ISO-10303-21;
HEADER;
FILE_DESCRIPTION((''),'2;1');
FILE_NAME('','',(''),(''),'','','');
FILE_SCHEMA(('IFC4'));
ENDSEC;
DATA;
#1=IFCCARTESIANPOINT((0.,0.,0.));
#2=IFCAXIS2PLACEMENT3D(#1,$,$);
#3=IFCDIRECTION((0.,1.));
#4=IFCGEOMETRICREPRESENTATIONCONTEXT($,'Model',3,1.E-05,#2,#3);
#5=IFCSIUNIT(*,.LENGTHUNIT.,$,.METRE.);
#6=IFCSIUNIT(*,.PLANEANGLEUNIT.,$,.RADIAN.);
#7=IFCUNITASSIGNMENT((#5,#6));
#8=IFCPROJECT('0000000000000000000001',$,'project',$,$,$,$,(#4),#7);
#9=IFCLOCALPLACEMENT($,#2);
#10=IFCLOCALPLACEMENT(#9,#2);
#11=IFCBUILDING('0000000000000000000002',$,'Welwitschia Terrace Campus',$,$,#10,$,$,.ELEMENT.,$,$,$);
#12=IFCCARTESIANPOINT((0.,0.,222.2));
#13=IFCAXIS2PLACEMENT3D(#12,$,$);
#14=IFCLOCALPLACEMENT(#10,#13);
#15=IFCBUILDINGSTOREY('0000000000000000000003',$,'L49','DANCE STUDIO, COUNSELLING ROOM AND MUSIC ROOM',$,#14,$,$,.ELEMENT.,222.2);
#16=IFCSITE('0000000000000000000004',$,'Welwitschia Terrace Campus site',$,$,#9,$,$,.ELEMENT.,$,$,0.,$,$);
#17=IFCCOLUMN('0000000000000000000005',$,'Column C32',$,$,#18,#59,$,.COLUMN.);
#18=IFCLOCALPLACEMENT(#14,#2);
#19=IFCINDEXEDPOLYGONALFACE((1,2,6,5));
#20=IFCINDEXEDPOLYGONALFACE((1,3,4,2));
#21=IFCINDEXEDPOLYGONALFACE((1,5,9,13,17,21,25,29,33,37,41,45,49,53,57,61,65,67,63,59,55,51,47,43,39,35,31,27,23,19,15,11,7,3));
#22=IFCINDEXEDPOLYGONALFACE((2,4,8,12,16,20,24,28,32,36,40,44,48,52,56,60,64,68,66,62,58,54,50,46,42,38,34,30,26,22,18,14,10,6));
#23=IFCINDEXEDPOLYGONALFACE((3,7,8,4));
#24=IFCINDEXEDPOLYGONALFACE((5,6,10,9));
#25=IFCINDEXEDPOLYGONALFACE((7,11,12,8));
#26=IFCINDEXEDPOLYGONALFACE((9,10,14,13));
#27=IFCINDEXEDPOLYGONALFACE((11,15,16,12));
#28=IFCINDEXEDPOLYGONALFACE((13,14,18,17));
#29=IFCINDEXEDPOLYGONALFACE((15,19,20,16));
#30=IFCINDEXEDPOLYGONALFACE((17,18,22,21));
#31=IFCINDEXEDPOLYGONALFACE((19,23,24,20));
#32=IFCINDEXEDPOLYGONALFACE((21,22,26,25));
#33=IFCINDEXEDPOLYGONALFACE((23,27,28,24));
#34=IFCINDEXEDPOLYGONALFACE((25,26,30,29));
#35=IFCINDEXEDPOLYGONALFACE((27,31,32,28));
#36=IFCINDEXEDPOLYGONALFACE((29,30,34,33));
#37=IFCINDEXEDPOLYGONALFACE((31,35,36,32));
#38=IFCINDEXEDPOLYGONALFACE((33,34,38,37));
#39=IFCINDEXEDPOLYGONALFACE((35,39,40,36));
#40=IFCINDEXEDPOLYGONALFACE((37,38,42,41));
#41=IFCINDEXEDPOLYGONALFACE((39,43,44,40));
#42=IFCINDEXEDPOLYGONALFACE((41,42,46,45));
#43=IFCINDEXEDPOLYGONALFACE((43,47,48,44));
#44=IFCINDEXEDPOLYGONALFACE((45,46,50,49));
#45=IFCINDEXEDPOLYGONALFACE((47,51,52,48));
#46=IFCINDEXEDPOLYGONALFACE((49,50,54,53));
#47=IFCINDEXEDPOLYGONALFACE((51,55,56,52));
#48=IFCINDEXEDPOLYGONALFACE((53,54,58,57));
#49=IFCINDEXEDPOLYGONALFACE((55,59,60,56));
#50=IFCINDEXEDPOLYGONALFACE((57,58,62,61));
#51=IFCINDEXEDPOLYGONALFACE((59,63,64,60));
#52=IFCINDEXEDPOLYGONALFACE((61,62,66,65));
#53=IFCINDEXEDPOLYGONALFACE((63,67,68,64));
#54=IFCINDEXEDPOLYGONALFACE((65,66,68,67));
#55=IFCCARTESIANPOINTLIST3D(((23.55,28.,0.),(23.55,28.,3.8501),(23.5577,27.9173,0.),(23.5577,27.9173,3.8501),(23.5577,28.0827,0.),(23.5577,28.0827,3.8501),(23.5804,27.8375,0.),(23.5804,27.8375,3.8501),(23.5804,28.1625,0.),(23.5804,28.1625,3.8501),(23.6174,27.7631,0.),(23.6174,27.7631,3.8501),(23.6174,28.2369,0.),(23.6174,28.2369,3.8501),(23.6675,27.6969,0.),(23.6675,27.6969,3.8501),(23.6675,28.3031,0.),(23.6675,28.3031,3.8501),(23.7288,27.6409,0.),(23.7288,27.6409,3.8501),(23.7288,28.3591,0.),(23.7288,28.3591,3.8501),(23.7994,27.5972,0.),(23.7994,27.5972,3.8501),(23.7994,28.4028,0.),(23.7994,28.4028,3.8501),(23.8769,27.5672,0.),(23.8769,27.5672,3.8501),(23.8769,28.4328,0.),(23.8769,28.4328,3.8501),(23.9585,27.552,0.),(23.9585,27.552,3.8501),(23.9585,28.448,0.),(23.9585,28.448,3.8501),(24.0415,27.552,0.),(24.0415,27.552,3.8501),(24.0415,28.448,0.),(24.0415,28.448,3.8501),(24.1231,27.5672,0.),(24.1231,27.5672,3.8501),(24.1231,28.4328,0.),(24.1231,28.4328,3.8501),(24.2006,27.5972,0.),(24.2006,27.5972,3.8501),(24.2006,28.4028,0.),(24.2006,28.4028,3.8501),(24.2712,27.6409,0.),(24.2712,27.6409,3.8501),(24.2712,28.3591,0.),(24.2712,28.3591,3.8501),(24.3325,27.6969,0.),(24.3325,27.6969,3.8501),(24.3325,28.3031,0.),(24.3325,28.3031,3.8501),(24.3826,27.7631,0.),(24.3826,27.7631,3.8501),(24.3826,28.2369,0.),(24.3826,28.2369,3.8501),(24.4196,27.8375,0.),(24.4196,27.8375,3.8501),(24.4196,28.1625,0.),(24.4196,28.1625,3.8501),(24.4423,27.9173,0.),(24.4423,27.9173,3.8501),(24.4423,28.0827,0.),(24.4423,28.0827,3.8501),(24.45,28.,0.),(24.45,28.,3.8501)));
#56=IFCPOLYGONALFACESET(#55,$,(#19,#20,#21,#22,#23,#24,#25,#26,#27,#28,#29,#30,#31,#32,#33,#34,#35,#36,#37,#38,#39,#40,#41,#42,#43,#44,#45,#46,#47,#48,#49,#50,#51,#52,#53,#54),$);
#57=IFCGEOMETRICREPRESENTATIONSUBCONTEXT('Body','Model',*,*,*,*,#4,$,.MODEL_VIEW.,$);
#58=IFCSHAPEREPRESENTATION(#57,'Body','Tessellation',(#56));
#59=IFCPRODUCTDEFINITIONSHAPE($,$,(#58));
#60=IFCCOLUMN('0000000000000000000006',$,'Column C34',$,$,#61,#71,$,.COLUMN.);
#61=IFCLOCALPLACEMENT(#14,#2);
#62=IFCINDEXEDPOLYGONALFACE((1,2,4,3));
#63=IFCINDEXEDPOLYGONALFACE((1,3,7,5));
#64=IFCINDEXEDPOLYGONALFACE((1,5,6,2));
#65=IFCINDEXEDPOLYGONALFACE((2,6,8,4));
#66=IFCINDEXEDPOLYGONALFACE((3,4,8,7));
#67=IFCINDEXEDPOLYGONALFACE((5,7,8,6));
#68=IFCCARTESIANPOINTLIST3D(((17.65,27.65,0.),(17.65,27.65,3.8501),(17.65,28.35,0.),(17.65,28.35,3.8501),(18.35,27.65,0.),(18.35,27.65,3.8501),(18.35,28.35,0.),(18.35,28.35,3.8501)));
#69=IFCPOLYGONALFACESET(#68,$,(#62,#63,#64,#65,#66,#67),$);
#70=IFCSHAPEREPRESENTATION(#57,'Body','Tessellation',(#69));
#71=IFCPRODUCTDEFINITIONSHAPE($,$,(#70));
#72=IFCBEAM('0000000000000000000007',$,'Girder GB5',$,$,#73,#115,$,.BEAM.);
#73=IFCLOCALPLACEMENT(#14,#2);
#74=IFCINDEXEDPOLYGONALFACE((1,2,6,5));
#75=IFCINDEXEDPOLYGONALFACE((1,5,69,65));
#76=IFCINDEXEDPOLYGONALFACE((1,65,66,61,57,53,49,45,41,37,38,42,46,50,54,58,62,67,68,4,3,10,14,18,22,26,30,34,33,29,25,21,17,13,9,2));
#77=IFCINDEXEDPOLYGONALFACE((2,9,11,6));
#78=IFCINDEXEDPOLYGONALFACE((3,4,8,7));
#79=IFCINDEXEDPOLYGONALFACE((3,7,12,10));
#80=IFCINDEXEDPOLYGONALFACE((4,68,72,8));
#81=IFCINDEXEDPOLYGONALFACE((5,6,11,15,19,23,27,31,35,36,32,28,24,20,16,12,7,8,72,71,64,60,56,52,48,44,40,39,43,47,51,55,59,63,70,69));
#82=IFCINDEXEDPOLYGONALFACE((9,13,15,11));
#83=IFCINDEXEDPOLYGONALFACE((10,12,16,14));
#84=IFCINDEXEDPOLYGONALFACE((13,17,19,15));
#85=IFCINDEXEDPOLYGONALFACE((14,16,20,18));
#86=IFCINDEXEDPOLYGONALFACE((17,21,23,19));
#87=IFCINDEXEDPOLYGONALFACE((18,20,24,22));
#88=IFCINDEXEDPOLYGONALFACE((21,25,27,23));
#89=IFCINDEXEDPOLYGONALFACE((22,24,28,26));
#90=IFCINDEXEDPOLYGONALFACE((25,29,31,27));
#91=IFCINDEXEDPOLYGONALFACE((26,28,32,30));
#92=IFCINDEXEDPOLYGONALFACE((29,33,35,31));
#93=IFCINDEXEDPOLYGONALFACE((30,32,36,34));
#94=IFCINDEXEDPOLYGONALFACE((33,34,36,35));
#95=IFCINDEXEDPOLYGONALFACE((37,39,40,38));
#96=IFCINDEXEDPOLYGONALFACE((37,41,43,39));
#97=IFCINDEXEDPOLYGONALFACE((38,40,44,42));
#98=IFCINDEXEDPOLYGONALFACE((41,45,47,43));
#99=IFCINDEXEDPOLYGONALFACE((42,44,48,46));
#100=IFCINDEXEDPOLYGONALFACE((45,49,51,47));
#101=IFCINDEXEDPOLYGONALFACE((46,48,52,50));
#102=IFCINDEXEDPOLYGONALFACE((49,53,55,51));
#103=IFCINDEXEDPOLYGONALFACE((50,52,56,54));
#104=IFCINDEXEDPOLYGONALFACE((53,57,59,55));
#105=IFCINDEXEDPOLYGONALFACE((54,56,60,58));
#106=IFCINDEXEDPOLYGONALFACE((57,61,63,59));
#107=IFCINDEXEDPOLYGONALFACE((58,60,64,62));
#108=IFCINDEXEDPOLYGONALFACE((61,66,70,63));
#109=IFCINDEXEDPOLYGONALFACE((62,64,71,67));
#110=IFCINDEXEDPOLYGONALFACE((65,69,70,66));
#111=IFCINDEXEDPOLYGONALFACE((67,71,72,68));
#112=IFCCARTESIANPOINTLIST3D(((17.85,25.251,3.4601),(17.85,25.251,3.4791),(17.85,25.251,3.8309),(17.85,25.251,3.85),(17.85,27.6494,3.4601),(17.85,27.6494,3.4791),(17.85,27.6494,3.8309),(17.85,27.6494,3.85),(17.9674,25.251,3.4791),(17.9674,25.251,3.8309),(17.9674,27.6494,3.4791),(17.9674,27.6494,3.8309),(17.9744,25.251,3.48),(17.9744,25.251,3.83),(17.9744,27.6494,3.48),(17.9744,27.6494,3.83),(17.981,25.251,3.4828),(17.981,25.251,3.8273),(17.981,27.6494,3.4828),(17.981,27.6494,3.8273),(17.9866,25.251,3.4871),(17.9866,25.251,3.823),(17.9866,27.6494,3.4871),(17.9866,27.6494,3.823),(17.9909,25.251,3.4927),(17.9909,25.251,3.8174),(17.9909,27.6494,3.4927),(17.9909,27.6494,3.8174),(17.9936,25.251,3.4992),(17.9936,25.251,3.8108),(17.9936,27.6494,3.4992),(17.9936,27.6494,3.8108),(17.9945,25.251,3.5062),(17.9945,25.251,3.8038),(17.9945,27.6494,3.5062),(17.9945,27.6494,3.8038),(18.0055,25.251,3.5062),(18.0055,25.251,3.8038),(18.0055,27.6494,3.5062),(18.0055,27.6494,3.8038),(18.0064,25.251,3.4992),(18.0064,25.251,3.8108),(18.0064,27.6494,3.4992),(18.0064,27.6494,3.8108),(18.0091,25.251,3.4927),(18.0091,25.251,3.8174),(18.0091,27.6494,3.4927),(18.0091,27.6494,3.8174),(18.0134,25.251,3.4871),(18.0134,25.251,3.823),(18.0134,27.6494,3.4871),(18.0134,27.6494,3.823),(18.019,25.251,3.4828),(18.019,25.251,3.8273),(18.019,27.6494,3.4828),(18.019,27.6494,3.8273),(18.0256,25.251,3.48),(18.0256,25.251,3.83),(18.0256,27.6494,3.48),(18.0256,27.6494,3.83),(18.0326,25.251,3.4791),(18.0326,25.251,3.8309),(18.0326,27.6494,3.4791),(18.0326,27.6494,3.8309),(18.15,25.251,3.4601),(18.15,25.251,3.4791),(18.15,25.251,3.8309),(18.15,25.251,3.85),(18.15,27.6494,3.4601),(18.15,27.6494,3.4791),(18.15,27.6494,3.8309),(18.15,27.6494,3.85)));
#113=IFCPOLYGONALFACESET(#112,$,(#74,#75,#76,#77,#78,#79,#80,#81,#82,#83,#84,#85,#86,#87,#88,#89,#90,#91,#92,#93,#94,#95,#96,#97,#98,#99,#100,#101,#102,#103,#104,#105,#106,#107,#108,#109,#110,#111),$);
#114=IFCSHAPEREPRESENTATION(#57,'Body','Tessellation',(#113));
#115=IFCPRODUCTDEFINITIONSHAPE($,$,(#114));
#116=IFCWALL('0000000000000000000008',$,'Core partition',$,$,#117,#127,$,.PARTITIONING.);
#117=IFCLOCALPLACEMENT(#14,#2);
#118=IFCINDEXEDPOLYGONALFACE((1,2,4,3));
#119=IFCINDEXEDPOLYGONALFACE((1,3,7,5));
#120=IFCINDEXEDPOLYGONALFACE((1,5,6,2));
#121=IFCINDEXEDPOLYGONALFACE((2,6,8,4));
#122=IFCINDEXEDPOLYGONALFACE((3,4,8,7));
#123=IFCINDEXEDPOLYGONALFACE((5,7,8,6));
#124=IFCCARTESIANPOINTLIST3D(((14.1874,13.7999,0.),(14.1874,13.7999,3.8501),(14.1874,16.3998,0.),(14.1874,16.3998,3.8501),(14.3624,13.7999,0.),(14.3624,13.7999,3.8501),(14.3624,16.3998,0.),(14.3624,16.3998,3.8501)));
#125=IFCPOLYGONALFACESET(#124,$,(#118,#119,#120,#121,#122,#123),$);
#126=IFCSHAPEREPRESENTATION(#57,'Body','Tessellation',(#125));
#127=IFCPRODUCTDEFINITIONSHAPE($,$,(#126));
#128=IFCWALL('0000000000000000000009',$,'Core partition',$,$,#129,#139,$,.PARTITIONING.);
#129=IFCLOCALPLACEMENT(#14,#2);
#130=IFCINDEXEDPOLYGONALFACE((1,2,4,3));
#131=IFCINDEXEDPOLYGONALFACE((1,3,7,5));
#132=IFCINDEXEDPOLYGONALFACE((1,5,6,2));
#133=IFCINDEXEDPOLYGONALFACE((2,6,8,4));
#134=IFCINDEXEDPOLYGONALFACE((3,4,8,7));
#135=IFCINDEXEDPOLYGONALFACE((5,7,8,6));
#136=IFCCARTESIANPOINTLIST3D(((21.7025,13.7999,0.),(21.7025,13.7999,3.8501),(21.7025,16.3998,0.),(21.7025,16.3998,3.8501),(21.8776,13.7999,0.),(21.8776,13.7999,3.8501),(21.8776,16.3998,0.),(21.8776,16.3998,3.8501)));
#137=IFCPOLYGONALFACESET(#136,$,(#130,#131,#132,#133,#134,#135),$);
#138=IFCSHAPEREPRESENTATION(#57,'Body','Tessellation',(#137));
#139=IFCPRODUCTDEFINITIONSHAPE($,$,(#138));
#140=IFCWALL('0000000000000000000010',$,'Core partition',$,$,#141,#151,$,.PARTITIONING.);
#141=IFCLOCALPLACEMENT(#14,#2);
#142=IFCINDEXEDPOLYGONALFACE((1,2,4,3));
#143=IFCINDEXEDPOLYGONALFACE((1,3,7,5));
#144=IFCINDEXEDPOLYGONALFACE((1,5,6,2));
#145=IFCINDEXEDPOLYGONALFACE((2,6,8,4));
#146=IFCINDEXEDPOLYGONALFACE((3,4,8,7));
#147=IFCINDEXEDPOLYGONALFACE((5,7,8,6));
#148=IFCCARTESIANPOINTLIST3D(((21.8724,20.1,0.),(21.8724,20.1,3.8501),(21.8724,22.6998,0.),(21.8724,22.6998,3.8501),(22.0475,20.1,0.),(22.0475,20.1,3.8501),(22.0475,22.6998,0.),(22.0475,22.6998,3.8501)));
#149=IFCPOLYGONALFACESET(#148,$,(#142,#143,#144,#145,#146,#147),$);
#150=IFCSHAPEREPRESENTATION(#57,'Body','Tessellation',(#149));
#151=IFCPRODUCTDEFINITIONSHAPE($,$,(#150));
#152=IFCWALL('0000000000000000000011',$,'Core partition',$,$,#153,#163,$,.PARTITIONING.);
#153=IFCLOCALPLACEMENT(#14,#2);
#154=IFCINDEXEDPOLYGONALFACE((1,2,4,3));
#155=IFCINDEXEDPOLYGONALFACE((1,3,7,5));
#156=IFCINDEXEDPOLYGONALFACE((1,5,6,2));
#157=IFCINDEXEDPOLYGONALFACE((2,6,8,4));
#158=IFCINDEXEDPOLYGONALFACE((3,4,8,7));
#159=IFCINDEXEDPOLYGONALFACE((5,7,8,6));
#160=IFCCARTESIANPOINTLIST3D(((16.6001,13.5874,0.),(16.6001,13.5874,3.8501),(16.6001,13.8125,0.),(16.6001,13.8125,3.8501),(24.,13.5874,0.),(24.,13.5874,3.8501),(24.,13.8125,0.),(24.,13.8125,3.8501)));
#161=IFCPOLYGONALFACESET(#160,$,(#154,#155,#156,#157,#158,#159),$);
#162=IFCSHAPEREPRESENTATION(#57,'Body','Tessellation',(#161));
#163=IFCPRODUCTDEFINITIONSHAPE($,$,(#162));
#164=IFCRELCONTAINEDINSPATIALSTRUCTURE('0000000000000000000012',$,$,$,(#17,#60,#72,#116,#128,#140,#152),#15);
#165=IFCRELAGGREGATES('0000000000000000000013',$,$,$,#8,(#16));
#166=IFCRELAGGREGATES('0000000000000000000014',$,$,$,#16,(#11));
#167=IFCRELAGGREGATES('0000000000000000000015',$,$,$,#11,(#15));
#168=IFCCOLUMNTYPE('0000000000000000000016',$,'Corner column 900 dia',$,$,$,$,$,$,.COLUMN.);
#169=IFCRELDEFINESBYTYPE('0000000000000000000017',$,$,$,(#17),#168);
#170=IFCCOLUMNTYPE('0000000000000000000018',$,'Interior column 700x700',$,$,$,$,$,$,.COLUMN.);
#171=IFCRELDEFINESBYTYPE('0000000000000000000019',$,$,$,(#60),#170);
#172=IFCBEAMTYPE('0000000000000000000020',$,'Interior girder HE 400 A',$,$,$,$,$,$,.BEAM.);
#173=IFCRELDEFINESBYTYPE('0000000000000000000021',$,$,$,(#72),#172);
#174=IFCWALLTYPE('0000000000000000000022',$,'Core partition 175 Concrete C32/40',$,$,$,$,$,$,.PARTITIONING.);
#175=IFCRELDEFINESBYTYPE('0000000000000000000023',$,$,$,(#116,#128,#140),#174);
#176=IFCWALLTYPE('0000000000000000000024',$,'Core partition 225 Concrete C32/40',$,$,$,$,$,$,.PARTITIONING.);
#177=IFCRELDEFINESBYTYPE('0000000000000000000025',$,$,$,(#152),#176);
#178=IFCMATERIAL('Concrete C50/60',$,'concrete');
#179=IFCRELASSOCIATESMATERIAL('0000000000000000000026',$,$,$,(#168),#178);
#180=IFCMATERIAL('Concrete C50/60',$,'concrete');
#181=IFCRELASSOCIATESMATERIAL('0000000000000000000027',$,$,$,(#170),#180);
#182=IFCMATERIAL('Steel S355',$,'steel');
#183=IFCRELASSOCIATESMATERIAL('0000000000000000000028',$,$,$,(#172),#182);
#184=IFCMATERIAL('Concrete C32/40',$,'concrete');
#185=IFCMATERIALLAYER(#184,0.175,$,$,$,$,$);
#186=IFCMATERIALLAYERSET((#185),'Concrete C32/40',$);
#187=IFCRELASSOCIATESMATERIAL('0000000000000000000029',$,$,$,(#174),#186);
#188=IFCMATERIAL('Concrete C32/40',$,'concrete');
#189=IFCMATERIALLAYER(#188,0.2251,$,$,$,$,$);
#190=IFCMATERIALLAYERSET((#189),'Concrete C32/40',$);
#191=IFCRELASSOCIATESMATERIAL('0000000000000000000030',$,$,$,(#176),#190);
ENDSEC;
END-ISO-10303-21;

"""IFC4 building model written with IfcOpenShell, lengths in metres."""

from ifc_helpers import new_model, si_unit, direction, frame, frame_2d, origin, origin_2d, place, context, subcontext, project, spatial, rectangle, circle, i_section, extrude, material, layer, layer_set, material_profile, profile_set, type_object, element, save


model = new_model("IFC4")

# Units and contexts
model_context = context("Model", 3, precision=1e-05, world=origin(), true_north=direction((0.0, 1.0)))
body_context = subcontext(model_context, "Body", "Model", "MODEL_VIEW")
ifc_project = project(units=[si_unit("LENGTHUNIT", "METRE"), si_unit("PLANEANGLEUNIT", "RADIAN")], contexts=[model_context])

# Site, building, storey
site_placement = place(None, origin())
site = spatial("IfcSite", under=ifc_project, at=site_placement, Name="Welwitschia Terrace Campus site", CompositionType="ELEMENT", RefElevation=0.0)
building_placement = place(site_placement, origin())
building = spatial("IfcBuilding", under=site, at=building_placement, Name="Welwitschia Terrace Campus", CompositionType="ELEMENT")
storey_placement = place(building_placement, frame((0.0, 0.0, 222.2)))
storey = spatial("IfcBuildingStorey", under=building, at=storey_placement, Name="L49", Description="DANCE STUDIO, COUNSELLING ROOM AND MUSIC ROOM", CompositionType="ELEMENT", Elevation=222.2)

# Columns
ifc_material_1 = material(Name="Concrete C50/60", Category="concrete")
ifc_material_profile_1 = material_profile(ifc_material_1, circle(Radius=0.45, at=origin_2d()))
ifc_profile_set_1 = profile_set([ifc_material_profile_1], Name="Concrete C50/60")
column_type_1 = type_object("IfcColumnType", Name="Corner column 900 dia", PredefinedType="COLUMN", material=ifc_profile_set_1)
column_1_placement = place(storey_placement, frame((24.0, 28.0, 0.0), z_axis=(0.0, 0.0, 1.0), x_axis=(1.0, 0.0, 0.0)))
element("IfcColumn", 1, at=column_1_placement, inside=storey, type_object=column_type_1, Name="Column C32", PredefinedType="COLUMN", context=body_context, shape_type="SweptSolid", body=[
    extrude(circle(Radius=0.45, at=origin_2d()), origin(), (0.0, 0.0, 1.0), 3.8501),
])
ifc_material_2 = material(Name="Concrete C50/60", Category="concrete")
ifc_material_profile_2 = material_profile(ifc_material_2, rectangle(XDim=0.7, YDim=0.7, at=origin_2d()))
ifc_profile_set_2 = profile_set([ifc_material_profile_2], Name="Concrete C50/60")
column_type_2 = type_object("IfcColumnType", Name="Interior column 700x700", PredefinedType="COLUMN", material=ifc_profile_set_2)
column_2_placement = place(storey_placement, frame((18.0, 28.0, 0.0), z_axis=(0.0, 0.0, 1.0), x_axis=(1.0, 0.0, 0.0)))
element("IfcColumn", 2, at=column_2_placement, inside=storey, type_object=column_type_2, Name="Column C34", PredefinedType="COLUMN", context=body_context, shape_type="SweptSolid", body=[
    extrude(rectangle(XDim=0.7, YDim=0.7, at=origin_2d()), origin(), (0.0, 0.0, 1.0), 3.8501),
])

# Beam
ifc_material_3 = material(Name="Steel S355", Category="steel")
ifc_material_profile_3 = material_profile(ifc_material_3, i_section(OverallWidth=0.3, OverallDepth=0.3899, WebThickness=0.011, FlangeThickness=0.019, FilletRadius=0.0271, at=origin_2d()))
ifc_profile_set_3 = profile_set([ifc_material_profile_3], Name="Steel S355")
beam_type = type_object("IfcBeamType", Name="Interior girder HE 400 A", PredefinedType="BEAM", material=ifc_profile_set_3)
beam_placement = place(storey_placement, frame((18.0, 25.251, 3.655), z_axis=(0.0, 1.0, 0.0), x_axis=(-1.0, 0.0, 0.0)))
element("IfcBeam", 3, at=beam_placement, inside=storey, type_object=beam_type, Name="Girder GB5", PredefinedType="BEAM", context=body_context, shape_type="SweptSolid", body=[
    extrude(i_section(OverallWidth=0.3, OverallDepth=0.3899, WebThickness=0.011, FlangeThickness=0.019, FilletRadius=0.0271, at=origin_2d()), origin(), (0.0, 0.0, 1.0), 2.3984),
])

# Walls
ifc_material_4 = material(Name="Concrete C32/40", Category="concrete")
ifc_layer_1 = layer(ifc_material_4, 0.175)
ifc_layer_set_1 = layer_set([ifc_layer_1], Name="Concrete C32/40")
wall_type_1 = type_object("IfcWallType", Name="Core partition 175 Concrete C32/40", PredefinedType="PARTITIONING", material=ifc_layer_set_1)
for number, where, z_axis, x_axis, name in (
    (4, (14.2749, 13.8, 0.0), (0.0, 0.0, 1.0), (0.0, 1.0, 0.0), "Core partition"),
    (5, (21.79, 13.8, 0.0), (0.0, 0.0, 1.0), (0.0, 1.0, 0.0), "Core partition"),
    (6, (21.96, 20.1001, 0.0), (0.0, 0.0, 1.0), (0.0, 1.0, 0.0), "Core partition"),
):
    element("IfcWall", number, at=place(storey_placement, frame(where, z_axis=z_axis, x_axis=x_axis)), inside=storey, type_object=wall_type_1, Name=name, PredefinedType="PARTITIONING", context=body_context, shape_type="SweptSolid", body=[
        extrude(rectangle(XDim=2.5999, YDim=0.175, at=frame_2d((1.2998, 0.0))), origin(), (0.0, 0.0, 1.0), 3.8501),
    ])
ifc_material_5 = material(Name="Concrete C32/40", Category="concrete")
ifc_layer_2 = layer(ifc_material_5, 0.2251)
ifc_layer_set_2 = layer_set([ifc_layer_2], Name="Concrete C32/40")
wall_type_2 = type_object("IfcWallType", Name="Core partition 225 Concrete C32/40", PredefinedType="PARTITIONING", material=ifc_layer_set_2)
wall_1_placement = place(storey_placement, frame((16.6001, 13.7, 0.0), z_axis=(0.0, 0.0, 1.0), x_axis=(1.0, 0.0, 0.0)))
element("IfcWall", 7, at=wall_1_placement, inside=storey, type_object=wall_type_2, Name="Core partition", PredefinedType="PARTITIONING", context=body_context, shape_type="SweptSolid", body=[
    extrude(rectangle(XDim=7.3999, YDim=0.2251, at=frame_2d((3.7, 0.0))), origin(), (0.0, 0.0, 1.0), 3.8501),
])

save(model, "model.ifc")
